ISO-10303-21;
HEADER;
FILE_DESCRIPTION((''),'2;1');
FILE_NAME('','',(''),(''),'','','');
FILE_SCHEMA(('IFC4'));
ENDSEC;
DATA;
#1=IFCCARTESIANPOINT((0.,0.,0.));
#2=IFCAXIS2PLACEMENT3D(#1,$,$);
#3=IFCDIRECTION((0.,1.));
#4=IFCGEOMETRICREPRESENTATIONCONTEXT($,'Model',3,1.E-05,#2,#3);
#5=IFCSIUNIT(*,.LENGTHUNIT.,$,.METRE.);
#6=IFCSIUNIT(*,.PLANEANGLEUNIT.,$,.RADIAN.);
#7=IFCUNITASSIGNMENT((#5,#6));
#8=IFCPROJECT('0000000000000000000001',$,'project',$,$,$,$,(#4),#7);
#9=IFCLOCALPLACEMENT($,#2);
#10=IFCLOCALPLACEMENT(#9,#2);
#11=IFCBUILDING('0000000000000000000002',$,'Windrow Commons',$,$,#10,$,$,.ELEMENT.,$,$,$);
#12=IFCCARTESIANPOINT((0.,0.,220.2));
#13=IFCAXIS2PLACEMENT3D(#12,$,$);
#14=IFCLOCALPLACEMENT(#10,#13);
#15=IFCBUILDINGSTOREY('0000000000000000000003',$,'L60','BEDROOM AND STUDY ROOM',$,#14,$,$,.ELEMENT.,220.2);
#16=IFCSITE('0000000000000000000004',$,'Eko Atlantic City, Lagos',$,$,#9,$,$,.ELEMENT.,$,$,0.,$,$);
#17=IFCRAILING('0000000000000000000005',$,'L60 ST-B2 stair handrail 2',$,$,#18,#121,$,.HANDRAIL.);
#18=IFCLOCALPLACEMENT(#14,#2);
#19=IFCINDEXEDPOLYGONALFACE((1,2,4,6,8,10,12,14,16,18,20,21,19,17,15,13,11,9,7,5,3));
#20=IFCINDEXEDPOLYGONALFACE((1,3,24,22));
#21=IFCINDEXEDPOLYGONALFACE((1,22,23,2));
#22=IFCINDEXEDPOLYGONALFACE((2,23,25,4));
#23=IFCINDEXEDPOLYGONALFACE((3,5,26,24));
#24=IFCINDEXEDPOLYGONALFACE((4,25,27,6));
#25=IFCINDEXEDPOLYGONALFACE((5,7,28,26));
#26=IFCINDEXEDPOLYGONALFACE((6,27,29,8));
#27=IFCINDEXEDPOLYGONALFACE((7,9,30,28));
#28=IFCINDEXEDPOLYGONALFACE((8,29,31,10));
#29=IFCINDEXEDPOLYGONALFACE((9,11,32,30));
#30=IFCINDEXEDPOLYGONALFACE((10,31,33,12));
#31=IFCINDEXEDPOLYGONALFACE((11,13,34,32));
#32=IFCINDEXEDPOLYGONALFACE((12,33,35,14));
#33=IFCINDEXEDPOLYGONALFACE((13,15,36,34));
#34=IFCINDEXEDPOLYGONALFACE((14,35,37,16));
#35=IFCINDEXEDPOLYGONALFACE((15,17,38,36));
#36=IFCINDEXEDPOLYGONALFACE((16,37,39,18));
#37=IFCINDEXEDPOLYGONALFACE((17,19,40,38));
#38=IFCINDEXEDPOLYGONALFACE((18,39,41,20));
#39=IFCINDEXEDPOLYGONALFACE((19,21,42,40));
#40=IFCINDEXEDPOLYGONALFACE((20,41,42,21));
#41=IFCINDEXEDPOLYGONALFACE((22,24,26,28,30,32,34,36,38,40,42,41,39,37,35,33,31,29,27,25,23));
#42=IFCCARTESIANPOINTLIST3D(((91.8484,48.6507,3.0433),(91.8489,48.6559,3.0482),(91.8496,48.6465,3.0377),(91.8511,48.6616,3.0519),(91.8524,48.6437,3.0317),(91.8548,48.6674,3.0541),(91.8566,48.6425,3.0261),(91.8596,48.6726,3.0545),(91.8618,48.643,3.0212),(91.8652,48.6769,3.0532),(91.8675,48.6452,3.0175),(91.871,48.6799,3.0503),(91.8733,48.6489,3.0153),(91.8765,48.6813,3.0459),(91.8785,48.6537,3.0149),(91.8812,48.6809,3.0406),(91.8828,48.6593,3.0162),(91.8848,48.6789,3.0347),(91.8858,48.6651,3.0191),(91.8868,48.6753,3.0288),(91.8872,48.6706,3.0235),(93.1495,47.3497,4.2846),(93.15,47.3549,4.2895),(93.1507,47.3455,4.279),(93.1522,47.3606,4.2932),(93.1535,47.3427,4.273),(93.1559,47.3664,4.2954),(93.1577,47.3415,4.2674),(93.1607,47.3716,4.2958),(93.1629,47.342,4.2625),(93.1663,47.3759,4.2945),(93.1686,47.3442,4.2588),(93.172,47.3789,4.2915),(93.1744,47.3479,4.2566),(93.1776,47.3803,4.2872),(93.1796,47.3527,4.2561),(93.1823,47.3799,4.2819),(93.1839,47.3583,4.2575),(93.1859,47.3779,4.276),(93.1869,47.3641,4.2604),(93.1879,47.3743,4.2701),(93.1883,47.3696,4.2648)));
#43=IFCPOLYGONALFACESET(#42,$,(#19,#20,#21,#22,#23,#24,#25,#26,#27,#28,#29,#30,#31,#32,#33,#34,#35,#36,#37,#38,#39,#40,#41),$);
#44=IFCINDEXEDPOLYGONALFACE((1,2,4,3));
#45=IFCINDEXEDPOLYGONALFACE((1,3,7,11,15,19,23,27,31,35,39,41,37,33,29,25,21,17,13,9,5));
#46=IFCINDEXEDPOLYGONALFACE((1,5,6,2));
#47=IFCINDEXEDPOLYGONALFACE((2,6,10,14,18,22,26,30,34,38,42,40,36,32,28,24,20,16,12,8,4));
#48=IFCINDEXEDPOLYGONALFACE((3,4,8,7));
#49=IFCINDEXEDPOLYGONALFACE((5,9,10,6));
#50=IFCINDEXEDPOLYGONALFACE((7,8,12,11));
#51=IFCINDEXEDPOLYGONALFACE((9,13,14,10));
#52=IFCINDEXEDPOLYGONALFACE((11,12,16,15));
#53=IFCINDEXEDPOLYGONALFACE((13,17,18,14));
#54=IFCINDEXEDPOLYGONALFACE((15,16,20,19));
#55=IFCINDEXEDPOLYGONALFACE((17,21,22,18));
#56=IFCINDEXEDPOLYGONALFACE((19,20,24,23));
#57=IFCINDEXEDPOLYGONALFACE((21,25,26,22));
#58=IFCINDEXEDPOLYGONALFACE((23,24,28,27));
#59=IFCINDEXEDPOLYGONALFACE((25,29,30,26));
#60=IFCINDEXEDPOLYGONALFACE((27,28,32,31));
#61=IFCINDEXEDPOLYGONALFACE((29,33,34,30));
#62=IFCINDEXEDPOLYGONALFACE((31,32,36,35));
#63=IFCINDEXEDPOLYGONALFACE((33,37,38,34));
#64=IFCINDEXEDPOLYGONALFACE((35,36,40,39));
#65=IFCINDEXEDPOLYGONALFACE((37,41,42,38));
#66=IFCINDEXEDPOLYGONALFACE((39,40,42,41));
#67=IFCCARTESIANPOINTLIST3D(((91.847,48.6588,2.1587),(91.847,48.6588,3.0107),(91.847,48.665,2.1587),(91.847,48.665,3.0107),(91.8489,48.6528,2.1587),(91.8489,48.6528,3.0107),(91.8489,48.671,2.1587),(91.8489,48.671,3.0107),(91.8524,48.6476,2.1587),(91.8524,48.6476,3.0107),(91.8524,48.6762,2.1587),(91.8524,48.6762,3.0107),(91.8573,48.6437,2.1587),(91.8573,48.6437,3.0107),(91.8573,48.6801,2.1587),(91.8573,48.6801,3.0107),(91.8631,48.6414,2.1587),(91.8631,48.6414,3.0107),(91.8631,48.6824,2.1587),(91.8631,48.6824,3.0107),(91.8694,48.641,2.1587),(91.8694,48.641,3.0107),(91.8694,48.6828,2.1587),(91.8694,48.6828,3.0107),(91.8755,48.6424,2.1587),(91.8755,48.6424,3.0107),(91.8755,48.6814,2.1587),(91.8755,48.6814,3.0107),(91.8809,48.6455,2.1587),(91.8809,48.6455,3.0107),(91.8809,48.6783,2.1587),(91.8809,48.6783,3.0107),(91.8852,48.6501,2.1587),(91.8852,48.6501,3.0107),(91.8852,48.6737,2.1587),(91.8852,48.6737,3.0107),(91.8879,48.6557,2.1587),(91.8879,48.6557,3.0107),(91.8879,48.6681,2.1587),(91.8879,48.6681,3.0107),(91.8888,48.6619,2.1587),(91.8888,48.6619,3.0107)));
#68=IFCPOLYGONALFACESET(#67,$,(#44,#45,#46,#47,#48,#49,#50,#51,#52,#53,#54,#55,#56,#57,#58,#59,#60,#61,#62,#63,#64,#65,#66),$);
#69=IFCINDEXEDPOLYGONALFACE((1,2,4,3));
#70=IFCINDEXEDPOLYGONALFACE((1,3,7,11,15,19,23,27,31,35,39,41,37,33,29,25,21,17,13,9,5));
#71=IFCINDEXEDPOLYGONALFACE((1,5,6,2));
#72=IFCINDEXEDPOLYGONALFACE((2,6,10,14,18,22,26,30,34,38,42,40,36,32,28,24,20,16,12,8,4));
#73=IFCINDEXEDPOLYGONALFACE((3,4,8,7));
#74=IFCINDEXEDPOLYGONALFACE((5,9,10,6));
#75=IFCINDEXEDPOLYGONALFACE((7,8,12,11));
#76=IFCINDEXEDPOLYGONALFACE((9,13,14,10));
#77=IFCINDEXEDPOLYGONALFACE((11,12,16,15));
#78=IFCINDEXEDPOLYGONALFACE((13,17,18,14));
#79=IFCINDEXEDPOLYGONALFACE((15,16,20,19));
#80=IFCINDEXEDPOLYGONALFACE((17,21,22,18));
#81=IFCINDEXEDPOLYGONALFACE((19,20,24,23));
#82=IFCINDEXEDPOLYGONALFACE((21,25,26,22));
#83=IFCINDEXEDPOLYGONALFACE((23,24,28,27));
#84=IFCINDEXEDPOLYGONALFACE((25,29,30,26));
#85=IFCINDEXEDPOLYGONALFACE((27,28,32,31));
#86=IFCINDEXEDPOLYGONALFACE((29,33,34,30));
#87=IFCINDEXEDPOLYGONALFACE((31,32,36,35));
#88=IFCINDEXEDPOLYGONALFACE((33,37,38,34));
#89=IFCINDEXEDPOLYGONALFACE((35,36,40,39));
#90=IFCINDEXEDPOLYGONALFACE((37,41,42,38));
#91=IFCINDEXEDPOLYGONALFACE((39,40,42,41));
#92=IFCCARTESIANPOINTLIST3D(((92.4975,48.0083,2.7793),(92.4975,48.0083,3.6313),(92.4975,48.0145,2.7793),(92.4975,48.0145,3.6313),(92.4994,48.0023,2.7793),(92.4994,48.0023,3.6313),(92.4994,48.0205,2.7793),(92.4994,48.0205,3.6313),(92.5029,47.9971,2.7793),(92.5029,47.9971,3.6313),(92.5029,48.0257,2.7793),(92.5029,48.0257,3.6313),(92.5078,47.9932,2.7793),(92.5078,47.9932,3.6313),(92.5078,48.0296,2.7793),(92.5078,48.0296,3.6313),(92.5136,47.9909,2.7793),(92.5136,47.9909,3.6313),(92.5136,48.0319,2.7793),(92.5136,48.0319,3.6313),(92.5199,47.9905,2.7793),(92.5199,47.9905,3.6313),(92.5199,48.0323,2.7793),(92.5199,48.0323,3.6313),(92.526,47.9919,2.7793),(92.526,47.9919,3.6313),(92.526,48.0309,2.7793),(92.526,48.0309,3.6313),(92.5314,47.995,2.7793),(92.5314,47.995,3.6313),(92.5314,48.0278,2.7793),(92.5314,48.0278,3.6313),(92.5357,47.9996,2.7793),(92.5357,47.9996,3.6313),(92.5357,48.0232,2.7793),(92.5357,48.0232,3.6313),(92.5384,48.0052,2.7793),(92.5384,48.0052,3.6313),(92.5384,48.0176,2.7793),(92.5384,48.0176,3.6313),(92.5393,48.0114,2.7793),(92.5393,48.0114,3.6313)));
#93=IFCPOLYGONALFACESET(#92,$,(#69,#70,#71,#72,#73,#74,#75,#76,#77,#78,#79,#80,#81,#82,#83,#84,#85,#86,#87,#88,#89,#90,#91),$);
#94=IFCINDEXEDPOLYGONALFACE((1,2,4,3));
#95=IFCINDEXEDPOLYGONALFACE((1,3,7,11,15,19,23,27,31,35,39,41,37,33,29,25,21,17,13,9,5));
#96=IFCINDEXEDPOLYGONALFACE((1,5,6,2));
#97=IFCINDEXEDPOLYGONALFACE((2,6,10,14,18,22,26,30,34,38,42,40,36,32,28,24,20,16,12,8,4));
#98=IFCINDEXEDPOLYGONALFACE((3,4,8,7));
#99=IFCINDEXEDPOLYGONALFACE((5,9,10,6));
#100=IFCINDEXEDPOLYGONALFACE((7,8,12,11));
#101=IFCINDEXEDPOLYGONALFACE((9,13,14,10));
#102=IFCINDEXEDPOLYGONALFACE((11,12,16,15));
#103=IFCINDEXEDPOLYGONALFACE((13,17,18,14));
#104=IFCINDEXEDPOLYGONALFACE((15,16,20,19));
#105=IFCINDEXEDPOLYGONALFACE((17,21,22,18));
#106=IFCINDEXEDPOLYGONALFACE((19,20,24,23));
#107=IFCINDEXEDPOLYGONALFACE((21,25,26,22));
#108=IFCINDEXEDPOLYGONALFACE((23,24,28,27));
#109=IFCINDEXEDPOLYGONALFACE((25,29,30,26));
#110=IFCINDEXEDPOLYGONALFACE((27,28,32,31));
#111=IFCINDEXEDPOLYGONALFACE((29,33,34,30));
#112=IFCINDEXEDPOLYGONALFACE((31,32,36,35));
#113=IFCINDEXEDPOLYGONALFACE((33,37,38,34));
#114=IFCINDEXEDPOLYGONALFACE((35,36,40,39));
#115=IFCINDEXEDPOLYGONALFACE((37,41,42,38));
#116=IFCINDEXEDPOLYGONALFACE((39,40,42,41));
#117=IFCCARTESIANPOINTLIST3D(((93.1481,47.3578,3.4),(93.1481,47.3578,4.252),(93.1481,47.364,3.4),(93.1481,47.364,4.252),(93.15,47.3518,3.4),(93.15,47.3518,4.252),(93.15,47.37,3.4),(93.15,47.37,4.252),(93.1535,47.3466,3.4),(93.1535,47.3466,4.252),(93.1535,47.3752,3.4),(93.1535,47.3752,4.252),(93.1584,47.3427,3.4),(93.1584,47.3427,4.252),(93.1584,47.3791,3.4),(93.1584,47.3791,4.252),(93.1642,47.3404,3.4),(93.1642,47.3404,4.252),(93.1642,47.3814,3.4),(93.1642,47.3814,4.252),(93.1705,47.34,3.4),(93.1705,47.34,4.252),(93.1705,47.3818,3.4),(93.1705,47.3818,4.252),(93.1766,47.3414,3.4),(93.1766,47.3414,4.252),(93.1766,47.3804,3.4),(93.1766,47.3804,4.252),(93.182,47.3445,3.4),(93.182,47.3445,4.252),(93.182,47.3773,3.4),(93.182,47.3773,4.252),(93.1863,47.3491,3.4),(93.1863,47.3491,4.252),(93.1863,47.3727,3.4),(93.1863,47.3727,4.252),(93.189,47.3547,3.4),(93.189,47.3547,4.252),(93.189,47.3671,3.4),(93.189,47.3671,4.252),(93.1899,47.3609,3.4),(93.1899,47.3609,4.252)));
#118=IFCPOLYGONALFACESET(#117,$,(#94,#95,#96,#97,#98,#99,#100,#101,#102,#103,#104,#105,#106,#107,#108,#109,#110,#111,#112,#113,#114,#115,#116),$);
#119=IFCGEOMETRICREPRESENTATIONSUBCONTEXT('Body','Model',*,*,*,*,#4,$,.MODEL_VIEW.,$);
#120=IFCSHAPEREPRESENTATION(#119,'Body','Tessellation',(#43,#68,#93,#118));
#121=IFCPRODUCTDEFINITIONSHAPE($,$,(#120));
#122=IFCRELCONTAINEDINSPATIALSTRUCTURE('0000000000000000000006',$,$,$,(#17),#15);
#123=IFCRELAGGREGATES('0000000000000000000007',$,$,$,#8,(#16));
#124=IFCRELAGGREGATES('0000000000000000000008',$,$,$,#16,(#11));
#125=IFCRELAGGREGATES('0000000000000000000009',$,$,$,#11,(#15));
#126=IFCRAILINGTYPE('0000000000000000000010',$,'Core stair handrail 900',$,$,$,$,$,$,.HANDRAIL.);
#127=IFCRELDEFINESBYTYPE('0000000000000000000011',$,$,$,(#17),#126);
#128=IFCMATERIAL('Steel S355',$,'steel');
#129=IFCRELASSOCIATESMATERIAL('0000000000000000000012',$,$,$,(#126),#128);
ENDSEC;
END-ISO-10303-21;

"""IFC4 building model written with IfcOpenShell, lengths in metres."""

from ifc_helpers import new_model, si_unit, direction, frame, origin, origin_2d, place, context, subcontext, project, spatial, circle, extrude, material, type_object, element, save


model = new_model("IFC4")

# Units and contexts
model_context = context("Model", 3, precision=1e-05, world=origin(), true_north=direction((0.0, 1.0)))
body_context = subcontext(model_context, "Body", "Model", "MODEL_VIEW")
ifc_project = project(units=[si_unit("LENGTHUNIT", "METRE"), si_unit("PLANEANGLEUNIT", "RADIAN")], contexts=[model_context])

# Site, building, storey
site_placement = place(None, origin())
site = spatial("IfcSite", under=ifc_project, at=site_placement, Name="Eko Atlantic City, Lagos", CompositionType="ELEMENT", RefElevation=0.0)
building_placement = place(site_placement, origin())
building = spatial("IfcBuilding", under=site, at=building_placement, Name="Windrow Commons", CompositionType="ELEMENT")
storey_placement = place(building_placement, frame((0.0, 0.0, 220.2)))
storey = spatial("IfcBuildingStorey", under=building, at=storey_placement, Name="L60", Description="BEDROOM AND STUDY ROOM", CompositionType="ELEMENT", Elevation=220.2)

# Railing
ifc_material_1 = material(Name="Steel S355", Category="steel")
railing_type_1 = type_object("IfcRailingType", Name="Core stair handrail 900", PredefinedType="HANDRAIL", material=ifc_material_1)
railing_1_placement = place(storey_placement, frame((91.8678, 48.6619, 2.1587)))
element("IfcRailing", 1, at=railing_1_placement, inside=storey, type_object=railing_type_1, Name="L60 ST-B2 stair handrail 2", PredefinedType="HANDRAIL", context=body_context, shape_type="SweptSolid", body=[
    extrude(circle(Radius=0.024, at=origin_2d()), frame((0.0, 0.0, 0.876), z_axis=(0.586207, -0.586162, 0.559264), x_axis=(0.70708, 0.707134, 0.0)), (0.0, 0.0, 1.0), 2.2195),
    extrude(circle(Radius=0.021, at=origin_2d()), origin(), (0.0, 0.0, 1.0), 0.852),
    extrude(circle(Radius=0.021, at=origin_2d()), frame((0.6505, -0.6505, 0.6206)), (0.0, 0.0, 1.0), 0.852),
    extrude(circle(Radius=0.021, at=origin_2d()), frame((1.3011, -1.301, 1.2413)), (0.0, 0.0, 1.0), 0.852),
])

save(model, "model.ifc")
